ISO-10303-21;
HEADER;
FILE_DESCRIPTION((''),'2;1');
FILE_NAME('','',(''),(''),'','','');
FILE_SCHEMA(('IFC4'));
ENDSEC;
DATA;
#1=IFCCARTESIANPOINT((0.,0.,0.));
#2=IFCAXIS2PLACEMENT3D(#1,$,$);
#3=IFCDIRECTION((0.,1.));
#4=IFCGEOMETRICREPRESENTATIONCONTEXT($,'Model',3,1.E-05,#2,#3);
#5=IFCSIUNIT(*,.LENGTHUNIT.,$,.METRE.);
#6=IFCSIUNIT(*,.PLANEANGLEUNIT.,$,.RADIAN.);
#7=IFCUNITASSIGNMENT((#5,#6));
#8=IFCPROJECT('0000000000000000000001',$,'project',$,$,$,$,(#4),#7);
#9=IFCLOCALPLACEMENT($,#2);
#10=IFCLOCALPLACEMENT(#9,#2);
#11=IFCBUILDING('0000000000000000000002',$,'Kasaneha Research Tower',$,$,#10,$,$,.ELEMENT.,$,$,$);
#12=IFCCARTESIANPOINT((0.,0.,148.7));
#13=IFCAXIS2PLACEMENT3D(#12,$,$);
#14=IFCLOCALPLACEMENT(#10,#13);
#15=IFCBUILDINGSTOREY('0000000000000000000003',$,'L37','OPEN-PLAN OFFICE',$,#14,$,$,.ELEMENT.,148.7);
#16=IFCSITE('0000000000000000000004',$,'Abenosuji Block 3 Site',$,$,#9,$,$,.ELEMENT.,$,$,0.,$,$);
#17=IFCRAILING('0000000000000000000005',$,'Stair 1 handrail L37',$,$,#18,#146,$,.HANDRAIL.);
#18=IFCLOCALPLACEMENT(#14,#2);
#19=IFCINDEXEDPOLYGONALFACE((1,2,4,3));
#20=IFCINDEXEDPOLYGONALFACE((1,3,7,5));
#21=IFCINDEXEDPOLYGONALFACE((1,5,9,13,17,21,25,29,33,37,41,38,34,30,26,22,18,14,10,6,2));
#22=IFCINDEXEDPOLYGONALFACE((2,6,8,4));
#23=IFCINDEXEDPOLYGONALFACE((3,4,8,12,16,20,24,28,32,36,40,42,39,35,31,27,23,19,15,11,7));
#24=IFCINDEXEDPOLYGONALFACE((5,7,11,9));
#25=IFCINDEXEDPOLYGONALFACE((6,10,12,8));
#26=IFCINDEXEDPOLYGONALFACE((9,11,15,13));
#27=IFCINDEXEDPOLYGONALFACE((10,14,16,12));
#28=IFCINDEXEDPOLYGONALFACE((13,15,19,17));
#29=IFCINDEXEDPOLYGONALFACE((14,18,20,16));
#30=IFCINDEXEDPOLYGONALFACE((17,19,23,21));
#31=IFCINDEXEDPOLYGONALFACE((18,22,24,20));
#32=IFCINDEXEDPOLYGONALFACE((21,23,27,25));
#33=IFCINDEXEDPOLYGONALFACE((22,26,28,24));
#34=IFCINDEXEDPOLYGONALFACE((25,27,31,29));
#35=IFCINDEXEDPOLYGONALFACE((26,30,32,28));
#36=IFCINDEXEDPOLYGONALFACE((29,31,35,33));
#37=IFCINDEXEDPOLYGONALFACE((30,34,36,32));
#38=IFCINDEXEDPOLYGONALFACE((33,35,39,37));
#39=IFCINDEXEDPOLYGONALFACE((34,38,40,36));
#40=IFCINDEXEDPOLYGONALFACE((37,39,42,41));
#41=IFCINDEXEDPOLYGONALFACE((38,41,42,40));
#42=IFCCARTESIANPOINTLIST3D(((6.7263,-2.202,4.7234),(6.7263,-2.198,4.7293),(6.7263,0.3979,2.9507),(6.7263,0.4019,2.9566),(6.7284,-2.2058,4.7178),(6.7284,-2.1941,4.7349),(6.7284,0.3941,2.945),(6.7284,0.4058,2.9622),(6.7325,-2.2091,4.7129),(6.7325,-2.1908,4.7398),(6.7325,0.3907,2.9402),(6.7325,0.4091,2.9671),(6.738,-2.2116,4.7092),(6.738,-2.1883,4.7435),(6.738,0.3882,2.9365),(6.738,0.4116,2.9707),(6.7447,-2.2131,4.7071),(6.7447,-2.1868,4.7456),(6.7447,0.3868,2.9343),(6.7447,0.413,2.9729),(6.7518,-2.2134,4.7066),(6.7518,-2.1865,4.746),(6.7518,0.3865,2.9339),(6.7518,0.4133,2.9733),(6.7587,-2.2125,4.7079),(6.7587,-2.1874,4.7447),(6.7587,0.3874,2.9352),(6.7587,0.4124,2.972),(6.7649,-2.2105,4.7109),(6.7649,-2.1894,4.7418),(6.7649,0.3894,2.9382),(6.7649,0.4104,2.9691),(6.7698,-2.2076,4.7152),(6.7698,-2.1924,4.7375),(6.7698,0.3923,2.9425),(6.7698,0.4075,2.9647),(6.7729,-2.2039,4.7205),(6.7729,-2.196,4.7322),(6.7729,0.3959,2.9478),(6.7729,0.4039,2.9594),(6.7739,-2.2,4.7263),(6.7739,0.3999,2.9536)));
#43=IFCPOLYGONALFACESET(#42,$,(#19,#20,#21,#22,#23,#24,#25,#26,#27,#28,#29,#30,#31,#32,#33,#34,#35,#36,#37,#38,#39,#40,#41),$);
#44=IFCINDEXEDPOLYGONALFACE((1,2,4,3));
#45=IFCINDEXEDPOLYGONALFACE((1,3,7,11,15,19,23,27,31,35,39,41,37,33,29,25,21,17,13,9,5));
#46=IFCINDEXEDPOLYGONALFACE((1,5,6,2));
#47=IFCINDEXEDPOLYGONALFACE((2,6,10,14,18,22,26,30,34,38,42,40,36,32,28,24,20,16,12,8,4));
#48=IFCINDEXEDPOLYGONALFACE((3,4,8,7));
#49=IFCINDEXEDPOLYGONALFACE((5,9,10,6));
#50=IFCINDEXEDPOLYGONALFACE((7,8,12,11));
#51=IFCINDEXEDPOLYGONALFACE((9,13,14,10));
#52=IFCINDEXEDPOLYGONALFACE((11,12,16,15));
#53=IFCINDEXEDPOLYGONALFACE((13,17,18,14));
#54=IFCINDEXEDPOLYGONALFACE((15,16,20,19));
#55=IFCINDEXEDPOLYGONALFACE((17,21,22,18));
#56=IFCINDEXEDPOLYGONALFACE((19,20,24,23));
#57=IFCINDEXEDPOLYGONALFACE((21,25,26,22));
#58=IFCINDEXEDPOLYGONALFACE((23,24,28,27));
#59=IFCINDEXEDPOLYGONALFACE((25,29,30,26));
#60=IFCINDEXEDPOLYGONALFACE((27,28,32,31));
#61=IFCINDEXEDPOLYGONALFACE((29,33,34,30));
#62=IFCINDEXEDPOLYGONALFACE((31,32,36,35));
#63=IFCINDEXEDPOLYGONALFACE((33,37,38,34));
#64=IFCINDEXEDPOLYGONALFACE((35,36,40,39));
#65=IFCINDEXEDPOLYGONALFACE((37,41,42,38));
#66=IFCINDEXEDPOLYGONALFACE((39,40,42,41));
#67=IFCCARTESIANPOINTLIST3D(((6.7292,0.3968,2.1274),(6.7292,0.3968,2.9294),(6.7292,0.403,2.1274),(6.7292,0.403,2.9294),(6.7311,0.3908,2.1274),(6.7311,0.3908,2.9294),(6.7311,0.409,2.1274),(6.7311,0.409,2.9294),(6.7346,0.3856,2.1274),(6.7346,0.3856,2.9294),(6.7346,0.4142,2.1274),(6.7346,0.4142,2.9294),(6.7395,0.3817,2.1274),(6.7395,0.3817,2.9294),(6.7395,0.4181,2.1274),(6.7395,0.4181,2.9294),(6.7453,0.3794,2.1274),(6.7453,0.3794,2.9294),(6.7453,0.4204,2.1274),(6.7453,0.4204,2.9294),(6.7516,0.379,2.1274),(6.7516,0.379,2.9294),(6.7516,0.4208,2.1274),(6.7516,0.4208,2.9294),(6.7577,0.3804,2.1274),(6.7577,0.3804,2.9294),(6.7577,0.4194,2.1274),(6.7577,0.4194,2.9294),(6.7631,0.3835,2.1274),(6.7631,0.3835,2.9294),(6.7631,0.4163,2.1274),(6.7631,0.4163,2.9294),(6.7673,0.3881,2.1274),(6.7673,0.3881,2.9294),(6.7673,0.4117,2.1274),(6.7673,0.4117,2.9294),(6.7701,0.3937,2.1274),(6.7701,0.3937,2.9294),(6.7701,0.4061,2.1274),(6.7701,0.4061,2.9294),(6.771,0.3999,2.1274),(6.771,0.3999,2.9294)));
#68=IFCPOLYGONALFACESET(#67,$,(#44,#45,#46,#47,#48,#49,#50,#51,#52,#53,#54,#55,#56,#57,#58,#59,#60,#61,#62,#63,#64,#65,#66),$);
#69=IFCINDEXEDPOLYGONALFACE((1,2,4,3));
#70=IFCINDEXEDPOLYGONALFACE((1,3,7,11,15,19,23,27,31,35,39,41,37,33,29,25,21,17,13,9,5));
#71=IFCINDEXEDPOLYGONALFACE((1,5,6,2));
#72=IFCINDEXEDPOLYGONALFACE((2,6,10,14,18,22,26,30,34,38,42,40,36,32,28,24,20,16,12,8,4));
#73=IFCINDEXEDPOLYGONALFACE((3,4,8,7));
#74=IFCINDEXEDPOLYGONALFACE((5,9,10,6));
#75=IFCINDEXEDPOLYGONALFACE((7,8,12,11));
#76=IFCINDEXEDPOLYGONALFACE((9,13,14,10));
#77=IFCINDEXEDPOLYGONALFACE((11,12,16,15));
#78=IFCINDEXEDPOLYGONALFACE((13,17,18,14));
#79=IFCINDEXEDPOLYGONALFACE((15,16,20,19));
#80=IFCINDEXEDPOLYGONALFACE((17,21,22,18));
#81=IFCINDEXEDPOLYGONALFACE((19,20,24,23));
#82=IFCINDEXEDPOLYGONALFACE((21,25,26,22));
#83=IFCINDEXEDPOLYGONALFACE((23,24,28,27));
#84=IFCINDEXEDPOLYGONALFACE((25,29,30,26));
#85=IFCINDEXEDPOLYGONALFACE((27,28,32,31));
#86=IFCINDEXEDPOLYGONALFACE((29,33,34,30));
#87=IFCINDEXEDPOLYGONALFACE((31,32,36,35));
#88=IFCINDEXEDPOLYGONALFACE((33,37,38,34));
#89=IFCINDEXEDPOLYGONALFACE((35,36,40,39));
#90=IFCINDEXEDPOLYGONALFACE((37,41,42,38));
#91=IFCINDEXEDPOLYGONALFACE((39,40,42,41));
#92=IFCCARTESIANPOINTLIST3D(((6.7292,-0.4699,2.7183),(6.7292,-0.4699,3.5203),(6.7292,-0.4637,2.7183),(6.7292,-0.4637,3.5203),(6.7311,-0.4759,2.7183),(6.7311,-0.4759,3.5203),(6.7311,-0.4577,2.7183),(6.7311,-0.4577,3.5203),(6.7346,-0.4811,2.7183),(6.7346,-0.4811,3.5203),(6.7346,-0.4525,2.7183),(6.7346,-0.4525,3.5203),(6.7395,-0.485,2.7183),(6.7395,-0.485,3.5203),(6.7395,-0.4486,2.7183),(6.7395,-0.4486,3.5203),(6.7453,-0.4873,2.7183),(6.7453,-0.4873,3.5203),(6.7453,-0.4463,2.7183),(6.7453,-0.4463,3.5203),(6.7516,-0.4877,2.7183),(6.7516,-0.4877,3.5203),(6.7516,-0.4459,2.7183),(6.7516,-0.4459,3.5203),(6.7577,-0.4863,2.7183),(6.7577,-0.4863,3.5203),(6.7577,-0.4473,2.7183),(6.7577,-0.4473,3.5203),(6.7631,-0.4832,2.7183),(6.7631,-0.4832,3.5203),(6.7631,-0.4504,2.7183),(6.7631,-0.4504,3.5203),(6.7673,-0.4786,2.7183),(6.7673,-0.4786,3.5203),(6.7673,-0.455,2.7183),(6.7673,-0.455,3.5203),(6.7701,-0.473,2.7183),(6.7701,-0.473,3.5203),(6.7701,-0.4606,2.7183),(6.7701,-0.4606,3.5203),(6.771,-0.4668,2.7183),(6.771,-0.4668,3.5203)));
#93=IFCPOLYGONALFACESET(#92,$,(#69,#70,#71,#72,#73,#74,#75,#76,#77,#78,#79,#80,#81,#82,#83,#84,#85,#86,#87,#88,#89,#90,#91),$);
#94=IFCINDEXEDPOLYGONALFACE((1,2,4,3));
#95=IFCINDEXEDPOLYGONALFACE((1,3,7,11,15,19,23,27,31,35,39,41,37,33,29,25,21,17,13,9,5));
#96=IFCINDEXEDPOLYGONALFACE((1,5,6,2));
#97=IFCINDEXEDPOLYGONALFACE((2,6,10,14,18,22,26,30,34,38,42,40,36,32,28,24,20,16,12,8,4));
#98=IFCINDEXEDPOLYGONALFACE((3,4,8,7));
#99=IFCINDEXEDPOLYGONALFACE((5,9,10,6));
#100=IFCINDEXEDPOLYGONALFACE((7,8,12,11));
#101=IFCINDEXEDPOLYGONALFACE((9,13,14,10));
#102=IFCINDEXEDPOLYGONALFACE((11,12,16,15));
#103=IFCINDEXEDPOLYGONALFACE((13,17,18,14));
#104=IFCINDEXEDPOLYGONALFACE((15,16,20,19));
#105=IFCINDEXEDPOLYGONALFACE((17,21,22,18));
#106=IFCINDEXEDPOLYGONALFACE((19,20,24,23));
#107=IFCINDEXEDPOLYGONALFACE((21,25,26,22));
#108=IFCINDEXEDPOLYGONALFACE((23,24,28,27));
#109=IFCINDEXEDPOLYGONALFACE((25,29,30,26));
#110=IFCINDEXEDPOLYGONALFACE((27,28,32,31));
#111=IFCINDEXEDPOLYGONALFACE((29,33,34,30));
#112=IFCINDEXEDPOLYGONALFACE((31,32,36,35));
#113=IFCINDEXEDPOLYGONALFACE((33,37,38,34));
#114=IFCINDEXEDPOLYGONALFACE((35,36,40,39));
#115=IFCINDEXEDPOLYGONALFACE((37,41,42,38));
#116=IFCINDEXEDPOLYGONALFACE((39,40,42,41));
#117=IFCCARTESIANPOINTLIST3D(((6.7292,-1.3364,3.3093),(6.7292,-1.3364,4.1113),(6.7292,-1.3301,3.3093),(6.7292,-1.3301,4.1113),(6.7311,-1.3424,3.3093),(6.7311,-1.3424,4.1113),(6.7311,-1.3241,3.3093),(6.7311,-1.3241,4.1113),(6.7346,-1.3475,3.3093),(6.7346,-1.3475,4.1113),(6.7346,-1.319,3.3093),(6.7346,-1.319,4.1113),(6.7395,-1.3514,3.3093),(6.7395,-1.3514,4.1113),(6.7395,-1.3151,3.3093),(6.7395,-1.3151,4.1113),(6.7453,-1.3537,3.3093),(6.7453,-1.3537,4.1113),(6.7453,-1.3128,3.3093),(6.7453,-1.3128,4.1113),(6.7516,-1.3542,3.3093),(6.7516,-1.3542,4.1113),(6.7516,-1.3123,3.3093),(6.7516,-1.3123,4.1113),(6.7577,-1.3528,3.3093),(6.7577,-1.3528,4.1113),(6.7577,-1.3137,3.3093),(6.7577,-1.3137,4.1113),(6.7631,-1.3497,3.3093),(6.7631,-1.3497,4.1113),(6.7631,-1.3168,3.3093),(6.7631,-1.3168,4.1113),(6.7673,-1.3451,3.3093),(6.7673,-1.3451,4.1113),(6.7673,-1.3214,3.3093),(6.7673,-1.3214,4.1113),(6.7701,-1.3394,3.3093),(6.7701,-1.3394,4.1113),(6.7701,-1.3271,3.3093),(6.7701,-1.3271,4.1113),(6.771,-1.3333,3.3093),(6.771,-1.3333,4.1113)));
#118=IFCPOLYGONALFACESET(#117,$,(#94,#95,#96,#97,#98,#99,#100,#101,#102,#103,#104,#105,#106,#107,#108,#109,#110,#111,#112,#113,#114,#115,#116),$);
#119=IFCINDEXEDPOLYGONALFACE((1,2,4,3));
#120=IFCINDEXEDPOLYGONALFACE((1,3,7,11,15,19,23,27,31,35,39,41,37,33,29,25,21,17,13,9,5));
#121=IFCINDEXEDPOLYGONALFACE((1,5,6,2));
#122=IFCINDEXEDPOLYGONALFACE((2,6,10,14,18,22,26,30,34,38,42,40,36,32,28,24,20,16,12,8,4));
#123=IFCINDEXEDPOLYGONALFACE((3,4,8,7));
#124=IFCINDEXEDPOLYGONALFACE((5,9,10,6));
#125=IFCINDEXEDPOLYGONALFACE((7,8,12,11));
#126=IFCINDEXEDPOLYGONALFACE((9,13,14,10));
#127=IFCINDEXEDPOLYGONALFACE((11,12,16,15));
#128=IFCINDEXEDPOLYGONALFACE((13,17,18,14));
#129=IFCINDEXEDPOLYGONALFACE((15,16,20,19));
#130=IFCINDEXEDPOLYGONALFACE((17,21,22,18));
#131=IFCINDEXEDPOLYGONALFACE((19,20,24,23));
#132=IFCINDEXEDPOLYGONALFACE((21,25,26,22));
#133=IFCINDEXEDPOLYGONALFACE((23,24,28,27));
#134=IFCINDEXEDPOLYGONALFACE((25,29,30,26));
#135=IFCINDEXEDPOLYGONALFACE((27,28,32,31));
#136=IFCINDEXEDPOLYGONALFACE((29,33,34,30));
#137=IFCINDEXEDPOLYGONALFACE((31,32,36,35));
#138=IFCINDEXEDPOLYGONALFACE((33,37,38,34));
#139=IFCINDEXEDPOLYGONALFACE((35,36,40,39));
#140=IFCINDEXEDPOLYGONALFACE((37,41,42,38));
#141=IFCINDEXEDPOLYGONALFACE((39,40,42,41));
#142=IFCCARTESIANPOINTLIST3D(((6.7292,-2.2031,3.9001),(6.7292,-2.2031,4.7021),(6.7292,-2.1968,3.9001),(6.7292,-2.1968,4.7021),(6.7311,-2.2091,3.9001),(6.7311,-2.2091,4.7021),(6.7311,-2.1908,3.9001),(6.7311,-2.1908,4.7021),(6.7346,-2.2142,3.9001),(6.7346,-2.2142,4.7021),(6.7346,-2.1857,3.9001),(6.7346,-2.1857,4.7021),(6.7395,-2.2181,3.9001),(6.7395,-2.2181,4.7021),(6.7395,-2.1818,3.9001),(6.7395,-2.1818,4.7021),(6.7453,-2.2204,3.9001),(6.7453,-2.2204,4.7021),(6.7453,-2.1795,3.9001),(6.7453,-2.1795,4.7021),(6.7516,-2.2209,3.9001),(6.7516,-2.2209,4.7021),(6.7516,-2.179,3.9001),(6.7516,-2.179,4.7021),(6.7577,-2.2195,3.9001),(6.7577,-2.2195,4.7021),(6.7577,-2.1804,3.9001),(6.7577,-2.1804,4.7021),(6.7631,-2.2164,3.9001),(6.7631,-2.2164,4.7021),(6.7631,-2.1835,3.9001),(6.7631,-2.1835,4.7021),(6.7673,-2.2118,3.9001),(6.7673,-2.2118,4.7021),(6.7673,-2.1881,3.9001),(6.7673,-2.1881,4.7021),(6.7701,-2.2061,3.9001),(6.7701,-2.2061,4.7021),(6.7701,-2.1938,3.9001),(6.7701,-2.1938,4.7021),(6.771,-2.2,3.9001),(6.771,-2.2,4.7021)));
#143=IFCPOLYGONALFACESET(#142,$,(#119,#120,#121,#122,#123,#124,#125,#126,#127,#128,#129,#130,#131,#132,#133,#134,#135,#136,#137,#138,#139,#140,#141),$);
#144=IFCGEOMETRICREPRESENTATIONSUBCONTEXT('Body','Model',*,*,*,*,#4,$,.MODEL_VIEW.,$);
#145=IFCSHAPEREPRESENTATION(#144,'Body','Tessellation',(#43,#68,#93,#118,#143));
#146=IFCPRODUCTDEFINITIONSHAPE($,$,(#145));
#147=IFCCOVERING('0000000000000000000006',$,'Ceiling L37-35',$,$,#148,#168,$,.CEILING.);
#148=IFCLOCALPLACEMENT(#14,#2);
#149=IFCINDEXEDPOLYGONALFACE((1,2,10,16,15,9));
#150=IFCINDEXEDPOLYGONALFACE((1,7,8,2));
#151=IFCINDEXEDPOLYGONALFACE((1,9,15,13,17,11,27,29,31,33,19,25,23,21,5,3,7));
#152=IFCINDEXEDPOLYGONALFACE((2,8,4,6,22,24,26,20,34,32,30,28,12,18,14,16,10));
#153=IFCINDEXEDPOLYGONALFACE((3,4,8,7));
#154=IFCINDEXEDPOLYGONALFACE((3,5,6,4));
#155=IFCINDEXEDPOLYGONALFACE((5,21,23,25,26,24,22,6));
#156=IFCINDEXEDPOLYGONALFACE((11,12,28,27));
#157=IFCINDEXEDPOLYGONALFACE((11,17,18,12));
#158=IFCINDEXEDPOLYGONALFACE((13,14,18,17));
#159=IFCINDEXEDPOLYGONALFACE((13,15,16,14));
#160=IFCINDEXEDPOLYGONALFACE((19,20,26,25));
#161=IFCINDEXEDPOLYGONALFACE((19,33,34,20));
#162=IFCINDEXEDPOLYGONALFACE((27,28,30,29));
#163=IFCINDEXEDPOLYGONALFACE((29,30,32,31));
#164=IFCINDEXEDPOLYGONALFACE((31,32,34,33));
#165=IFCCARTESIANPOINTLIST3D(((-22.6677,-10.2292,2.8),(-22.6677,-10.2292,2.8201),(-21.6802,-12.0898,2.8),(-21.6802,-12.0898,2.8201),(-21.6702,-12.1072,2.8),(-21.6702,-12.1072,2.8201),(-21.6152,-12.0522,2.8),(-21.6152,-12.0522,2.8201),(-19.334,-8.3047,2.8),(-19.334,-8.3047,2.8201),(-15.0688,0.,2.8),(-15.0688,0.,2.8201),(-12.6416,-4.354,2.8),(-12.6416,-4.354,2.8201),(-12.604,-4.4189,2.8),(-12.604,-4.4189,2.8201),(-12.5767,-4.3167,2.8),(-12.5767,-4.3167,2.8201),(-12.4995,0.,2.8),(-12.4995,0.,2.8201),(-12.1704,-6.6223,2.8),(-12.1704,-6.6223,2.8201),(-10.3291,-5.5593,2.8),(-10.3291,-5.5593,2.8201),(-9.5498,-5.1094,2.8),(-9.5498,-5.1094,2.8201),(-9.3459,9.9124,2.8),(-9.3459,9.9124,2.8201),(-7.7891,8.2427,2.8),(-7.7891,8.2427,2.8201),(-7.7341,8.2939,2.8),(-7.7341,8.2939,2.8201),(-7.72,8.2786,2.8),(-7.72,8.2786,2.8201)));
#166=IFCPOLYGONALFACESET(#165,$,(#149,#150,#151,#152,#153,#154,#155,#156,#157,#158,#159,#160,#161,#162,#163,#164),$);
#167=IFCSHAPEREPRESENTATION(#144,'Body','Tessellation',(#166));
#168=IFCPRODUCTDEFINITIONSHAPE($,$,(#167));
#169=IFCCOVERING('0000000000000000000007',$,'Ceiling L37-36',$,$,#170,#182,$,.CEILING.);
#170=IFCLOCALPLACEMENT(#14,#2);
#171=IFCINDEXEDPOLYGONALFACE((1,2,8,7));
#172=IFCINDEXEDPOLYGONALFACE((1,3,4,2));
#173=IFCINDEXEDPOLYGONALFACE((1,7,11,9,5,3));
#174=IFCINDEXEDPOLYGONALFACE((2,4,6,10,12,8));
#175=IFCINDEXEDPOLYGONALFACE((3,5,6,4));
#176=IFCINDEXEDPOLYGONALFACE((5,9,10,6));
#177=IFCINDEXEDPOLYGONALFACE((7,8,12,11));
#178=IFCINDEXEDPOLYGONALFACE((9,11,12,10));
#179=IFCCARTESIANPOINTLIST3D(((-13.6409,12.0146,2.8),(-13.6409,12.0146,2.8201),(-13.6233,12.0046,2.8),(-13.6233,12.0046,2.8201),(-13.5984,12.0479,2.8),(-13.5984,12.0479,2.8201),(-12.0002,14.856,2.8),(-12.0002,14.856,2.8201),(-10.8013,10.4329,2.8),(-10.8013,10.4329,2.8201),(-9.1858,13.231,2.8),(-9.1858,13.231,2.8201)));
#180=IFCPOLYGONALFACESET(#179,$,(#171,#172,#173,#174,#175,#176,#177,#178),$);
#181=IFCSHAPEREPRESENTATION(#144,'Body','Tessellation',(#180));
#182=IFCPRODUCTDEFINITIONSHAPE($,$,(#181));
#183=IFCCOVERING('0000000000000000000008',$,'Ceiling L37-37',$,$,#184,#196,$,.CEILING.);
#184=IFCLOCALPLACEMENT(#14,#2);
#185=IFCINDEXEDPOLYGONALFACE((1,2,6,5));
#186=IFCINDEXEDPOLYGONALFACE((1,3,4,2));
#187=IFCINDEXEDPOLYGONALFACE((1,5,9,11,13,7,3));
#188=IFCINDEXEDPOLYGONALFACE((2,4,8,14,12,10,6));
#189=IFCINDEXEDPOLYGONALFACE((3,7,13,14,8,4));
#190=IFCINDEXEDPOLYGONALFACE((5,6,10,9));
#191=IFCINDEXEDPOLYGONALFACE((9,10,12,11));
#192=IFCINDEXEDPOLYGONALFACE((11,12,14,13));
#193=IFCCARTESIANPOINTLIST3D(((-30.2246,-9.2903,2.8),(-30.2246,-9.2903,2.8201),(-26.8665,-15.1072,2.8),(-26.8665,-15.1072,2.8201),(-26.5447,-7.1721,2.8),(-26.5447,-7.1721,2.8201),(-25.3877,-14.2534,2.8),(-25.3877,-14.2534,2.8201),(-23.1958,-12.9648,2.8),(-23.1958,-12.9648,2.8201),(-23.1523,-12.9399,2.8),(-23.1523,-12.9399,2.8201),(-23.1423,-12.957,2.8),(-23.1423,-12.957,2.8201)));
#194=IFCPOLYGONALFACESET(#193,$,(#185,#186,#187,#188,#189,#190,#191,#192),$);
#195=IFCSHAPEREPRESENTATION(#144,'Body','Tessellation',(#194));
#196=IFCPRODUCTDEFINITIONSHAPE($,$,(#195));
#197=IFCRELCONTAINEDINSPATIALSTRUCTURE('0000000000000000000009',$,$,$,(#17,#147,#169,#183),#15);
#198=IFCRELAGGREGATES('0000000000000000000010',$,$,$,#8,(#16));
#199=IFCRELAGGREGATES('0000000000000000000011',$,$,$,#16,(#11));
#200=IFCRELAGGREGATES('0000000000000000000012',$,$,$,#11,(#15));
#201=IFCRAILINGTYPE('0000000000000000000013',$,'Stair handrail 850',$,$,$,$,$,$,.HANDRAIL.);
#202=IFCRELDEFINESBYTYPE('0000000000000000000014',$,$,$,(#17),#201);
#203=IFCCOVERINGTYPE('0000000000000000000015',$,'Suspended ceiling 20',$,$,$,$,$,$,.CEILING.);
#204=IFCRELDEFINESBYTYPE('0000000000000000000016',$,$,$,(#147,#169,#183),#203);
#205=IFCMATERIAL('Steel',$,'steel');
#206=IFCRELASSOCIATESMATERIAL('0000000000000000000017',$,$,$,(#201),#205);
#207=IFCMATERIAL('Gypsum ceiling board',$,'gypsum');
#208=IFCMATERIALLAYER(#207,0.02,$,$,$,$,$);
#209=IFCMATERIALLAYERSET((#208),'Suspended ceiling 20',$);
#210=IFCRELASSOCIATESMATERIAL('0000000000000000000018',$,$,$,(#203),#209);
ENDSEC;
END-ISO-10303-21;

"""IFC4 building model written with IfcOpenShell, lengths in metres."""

from ifc_helpers import new_model, si_unit, direction, frame, origin, origin_2d, place, context, subcontext, project, spatial, polyline, circle, outline, extrude, material, layer, layer_set, type_object, element, save


model = new_model("IFC4")

# Units and contexts
model_context = context("Model", 3, precision=1e-05, world=origin(), true_north=direction((0.0, 1.0)))
body_context = subcontext(model_context, "Body", "Model", "MODEL_VIEW")
ifc_project = project(units=[si_unit("LENGTHUNIT", "METRE"), si_unit("PLANEANGLEUNIT", "RADIAN")], contexts=[model_context])

# Site, building, storey
site_placement = place(None, origin())
site = spatial("IfcSite", under=ifc_project, at=site_placement, Name="Abenosuji Block 3 Site", CompositionType="ELEMENT", RefElevation=0.0)
building_placement = place(site_placement, origin())
building = spatial("IfcBuilding", under=site, at=building_placement, Name="Kasaneha Research Tower", CompositionType="ELEMENT")
storey_placement = place(building_placement, frame((0.0, 0.0, 148.7)))
storey = spatial("IfcBuildingStorey", under=building, at=storey_placement, Name="L37", Description="OPEN-PLAN OFFICE", CompositionType="ELEMENT", Elevation=148.7)

# Railing
ifc_material_1 = material(Name="Steel", Category="steel")
railing_type_1 = type_object("IfcRailingType", Name="Stair handrail 850", PredefinedType="HANDRAIL", material=ifc_material_1)
railing_1_placement = place(storey_placement, frame((6.75, 0.3999, 2.1274)))
element("IfcRailing", 1, at=railing_1_placement, inside=storey, type_object=railing_type_1, Name="Stair 1 handrail L37", PredefinedType="HANDRAIL", context=body_context, shape_type="SweptSolid", body=[
    extrude(circle(Radius=0.0239, at=origin_2d()), frame((0.0, 0.0, 0.8262), z_axis=(0.0, -0.826216, 0.563354), x_axis=(1.0, 0.0, 0.0)), (0.0, 0.0, 1.0), 3.1467),
    extrude(circle(Radius=0.021, at=origin_2d()), origin(), (0.0, 0.0, 1.0), 0.802),
    extrude(circle(Radius=0.021, at=origin_2d()), frame((0.0, -0.8667, 0.5908)), (0.0, 0.0, 1.0), 0.802),
    extrude(circle(Radius=0.021, at=origin_2d()), frame((0.0, -1.7332, 1.1819)), (0.0, 0.0, 1.0), 0.802),
    extrude(circle(Radius=0.021, at=origin_2d()), frame((0.0, -2.5999, 1.7727)), (0.0, 0.0, 1.0), 0.802),
])

# Coverings
ifc_material_2 = material(Name="Gypsum ceiling board", Category="gypsum")
ifc_layer_1 = layer(ifc_material_2, 0.02)
ifc_layer_set_1 = layer_set([ifc_layer_1], Name="Suspended ceiling 20")
covering_type_1 = type_object("IfcCoveringType", Name="Suspended ceiling 20", PredefinedType="CEILING", material=ifc_layer_set_1)
covering_1_placement = place(storey_placement, frame((0.0, 0.0, 2.8)))
element("IfcCovering", 2, at=covering_1_placement, inside=storey, type_object=covering_type_1, Name="Ceiling L37-35", PredefinedType="CEILING", context=body_context, shape_type="SweptSolid", body=[
    extrude(outline(polyline([(-9.5498, -5.1094), (-10.3291, -5.5593), (-10.3291, -5.5593), (-12.1704, -6.6223), (-21.6702, -12.1072), (-21.6802, -12.0898), (-21.6152, -12.0522), (-22.6677, -10.2292), (-19.334, -8.3047), (-19.334, -8.3047), (-12.604, -4.4189), (-12.6416, -4.354), (-12.5767, -4.3167), (-15.0688, 0.0), (-9.3459, 9.9124), (-7.7891, 8.2427), (-7.7341, 8.2939), (-7.72, 8.2786), (-12.4995, 0.0), (-9.5498, -5.1094)])), origin(), (0.0, 0.0, 1.0), 0.02),
])
covering_2_placement = place(storey_placement, frame((0.0, 0.0, 2.8)))
element("IfcCovering", 3, at=covering_2_placement, inside=storey, type_object=covering_type_1, Name="Ceiling L37-36", PredefinedType="CEILING", context=body_context, shape_type="SweptSolid", body=[
    extrude(outline(polyline([(-12.0002, 14.856), (-9.1858, 13.231), (-10.8013, 10.4329), (-13.5984, 12.0479), (-13.6233, 12.0046), (-13.6409, 12.0146), (-12.0002, 14.856)])), origin(), (0.0, 0.0, 1.0), 0.02),
])
covering_3_placement = place(storey_placement, frame((0.0, 0.0, 2.8)))
element("IfcCovering", 4, at=covering_3_placement, inside=storey, type_object=covering_type_1, Name="Ceiling L37-37", PredefinedType="CEILING", context=body_context, shape_type="SweptSolid", body=[
    extrude(outline(polyline([(-30.2246, -9.2903), (-26.5447, -7.1721), (-23.1958, -12.9648), (-23.1523, -12.9399), (-23.1423, -12.957), (-25.3877, -14.2534), (-26.8665, -15.1072), (-30.2246, -9.2903)])), origin(), (0.0, 0.0, 1.0), 0.02),
])

save(model, "model.ifc")
